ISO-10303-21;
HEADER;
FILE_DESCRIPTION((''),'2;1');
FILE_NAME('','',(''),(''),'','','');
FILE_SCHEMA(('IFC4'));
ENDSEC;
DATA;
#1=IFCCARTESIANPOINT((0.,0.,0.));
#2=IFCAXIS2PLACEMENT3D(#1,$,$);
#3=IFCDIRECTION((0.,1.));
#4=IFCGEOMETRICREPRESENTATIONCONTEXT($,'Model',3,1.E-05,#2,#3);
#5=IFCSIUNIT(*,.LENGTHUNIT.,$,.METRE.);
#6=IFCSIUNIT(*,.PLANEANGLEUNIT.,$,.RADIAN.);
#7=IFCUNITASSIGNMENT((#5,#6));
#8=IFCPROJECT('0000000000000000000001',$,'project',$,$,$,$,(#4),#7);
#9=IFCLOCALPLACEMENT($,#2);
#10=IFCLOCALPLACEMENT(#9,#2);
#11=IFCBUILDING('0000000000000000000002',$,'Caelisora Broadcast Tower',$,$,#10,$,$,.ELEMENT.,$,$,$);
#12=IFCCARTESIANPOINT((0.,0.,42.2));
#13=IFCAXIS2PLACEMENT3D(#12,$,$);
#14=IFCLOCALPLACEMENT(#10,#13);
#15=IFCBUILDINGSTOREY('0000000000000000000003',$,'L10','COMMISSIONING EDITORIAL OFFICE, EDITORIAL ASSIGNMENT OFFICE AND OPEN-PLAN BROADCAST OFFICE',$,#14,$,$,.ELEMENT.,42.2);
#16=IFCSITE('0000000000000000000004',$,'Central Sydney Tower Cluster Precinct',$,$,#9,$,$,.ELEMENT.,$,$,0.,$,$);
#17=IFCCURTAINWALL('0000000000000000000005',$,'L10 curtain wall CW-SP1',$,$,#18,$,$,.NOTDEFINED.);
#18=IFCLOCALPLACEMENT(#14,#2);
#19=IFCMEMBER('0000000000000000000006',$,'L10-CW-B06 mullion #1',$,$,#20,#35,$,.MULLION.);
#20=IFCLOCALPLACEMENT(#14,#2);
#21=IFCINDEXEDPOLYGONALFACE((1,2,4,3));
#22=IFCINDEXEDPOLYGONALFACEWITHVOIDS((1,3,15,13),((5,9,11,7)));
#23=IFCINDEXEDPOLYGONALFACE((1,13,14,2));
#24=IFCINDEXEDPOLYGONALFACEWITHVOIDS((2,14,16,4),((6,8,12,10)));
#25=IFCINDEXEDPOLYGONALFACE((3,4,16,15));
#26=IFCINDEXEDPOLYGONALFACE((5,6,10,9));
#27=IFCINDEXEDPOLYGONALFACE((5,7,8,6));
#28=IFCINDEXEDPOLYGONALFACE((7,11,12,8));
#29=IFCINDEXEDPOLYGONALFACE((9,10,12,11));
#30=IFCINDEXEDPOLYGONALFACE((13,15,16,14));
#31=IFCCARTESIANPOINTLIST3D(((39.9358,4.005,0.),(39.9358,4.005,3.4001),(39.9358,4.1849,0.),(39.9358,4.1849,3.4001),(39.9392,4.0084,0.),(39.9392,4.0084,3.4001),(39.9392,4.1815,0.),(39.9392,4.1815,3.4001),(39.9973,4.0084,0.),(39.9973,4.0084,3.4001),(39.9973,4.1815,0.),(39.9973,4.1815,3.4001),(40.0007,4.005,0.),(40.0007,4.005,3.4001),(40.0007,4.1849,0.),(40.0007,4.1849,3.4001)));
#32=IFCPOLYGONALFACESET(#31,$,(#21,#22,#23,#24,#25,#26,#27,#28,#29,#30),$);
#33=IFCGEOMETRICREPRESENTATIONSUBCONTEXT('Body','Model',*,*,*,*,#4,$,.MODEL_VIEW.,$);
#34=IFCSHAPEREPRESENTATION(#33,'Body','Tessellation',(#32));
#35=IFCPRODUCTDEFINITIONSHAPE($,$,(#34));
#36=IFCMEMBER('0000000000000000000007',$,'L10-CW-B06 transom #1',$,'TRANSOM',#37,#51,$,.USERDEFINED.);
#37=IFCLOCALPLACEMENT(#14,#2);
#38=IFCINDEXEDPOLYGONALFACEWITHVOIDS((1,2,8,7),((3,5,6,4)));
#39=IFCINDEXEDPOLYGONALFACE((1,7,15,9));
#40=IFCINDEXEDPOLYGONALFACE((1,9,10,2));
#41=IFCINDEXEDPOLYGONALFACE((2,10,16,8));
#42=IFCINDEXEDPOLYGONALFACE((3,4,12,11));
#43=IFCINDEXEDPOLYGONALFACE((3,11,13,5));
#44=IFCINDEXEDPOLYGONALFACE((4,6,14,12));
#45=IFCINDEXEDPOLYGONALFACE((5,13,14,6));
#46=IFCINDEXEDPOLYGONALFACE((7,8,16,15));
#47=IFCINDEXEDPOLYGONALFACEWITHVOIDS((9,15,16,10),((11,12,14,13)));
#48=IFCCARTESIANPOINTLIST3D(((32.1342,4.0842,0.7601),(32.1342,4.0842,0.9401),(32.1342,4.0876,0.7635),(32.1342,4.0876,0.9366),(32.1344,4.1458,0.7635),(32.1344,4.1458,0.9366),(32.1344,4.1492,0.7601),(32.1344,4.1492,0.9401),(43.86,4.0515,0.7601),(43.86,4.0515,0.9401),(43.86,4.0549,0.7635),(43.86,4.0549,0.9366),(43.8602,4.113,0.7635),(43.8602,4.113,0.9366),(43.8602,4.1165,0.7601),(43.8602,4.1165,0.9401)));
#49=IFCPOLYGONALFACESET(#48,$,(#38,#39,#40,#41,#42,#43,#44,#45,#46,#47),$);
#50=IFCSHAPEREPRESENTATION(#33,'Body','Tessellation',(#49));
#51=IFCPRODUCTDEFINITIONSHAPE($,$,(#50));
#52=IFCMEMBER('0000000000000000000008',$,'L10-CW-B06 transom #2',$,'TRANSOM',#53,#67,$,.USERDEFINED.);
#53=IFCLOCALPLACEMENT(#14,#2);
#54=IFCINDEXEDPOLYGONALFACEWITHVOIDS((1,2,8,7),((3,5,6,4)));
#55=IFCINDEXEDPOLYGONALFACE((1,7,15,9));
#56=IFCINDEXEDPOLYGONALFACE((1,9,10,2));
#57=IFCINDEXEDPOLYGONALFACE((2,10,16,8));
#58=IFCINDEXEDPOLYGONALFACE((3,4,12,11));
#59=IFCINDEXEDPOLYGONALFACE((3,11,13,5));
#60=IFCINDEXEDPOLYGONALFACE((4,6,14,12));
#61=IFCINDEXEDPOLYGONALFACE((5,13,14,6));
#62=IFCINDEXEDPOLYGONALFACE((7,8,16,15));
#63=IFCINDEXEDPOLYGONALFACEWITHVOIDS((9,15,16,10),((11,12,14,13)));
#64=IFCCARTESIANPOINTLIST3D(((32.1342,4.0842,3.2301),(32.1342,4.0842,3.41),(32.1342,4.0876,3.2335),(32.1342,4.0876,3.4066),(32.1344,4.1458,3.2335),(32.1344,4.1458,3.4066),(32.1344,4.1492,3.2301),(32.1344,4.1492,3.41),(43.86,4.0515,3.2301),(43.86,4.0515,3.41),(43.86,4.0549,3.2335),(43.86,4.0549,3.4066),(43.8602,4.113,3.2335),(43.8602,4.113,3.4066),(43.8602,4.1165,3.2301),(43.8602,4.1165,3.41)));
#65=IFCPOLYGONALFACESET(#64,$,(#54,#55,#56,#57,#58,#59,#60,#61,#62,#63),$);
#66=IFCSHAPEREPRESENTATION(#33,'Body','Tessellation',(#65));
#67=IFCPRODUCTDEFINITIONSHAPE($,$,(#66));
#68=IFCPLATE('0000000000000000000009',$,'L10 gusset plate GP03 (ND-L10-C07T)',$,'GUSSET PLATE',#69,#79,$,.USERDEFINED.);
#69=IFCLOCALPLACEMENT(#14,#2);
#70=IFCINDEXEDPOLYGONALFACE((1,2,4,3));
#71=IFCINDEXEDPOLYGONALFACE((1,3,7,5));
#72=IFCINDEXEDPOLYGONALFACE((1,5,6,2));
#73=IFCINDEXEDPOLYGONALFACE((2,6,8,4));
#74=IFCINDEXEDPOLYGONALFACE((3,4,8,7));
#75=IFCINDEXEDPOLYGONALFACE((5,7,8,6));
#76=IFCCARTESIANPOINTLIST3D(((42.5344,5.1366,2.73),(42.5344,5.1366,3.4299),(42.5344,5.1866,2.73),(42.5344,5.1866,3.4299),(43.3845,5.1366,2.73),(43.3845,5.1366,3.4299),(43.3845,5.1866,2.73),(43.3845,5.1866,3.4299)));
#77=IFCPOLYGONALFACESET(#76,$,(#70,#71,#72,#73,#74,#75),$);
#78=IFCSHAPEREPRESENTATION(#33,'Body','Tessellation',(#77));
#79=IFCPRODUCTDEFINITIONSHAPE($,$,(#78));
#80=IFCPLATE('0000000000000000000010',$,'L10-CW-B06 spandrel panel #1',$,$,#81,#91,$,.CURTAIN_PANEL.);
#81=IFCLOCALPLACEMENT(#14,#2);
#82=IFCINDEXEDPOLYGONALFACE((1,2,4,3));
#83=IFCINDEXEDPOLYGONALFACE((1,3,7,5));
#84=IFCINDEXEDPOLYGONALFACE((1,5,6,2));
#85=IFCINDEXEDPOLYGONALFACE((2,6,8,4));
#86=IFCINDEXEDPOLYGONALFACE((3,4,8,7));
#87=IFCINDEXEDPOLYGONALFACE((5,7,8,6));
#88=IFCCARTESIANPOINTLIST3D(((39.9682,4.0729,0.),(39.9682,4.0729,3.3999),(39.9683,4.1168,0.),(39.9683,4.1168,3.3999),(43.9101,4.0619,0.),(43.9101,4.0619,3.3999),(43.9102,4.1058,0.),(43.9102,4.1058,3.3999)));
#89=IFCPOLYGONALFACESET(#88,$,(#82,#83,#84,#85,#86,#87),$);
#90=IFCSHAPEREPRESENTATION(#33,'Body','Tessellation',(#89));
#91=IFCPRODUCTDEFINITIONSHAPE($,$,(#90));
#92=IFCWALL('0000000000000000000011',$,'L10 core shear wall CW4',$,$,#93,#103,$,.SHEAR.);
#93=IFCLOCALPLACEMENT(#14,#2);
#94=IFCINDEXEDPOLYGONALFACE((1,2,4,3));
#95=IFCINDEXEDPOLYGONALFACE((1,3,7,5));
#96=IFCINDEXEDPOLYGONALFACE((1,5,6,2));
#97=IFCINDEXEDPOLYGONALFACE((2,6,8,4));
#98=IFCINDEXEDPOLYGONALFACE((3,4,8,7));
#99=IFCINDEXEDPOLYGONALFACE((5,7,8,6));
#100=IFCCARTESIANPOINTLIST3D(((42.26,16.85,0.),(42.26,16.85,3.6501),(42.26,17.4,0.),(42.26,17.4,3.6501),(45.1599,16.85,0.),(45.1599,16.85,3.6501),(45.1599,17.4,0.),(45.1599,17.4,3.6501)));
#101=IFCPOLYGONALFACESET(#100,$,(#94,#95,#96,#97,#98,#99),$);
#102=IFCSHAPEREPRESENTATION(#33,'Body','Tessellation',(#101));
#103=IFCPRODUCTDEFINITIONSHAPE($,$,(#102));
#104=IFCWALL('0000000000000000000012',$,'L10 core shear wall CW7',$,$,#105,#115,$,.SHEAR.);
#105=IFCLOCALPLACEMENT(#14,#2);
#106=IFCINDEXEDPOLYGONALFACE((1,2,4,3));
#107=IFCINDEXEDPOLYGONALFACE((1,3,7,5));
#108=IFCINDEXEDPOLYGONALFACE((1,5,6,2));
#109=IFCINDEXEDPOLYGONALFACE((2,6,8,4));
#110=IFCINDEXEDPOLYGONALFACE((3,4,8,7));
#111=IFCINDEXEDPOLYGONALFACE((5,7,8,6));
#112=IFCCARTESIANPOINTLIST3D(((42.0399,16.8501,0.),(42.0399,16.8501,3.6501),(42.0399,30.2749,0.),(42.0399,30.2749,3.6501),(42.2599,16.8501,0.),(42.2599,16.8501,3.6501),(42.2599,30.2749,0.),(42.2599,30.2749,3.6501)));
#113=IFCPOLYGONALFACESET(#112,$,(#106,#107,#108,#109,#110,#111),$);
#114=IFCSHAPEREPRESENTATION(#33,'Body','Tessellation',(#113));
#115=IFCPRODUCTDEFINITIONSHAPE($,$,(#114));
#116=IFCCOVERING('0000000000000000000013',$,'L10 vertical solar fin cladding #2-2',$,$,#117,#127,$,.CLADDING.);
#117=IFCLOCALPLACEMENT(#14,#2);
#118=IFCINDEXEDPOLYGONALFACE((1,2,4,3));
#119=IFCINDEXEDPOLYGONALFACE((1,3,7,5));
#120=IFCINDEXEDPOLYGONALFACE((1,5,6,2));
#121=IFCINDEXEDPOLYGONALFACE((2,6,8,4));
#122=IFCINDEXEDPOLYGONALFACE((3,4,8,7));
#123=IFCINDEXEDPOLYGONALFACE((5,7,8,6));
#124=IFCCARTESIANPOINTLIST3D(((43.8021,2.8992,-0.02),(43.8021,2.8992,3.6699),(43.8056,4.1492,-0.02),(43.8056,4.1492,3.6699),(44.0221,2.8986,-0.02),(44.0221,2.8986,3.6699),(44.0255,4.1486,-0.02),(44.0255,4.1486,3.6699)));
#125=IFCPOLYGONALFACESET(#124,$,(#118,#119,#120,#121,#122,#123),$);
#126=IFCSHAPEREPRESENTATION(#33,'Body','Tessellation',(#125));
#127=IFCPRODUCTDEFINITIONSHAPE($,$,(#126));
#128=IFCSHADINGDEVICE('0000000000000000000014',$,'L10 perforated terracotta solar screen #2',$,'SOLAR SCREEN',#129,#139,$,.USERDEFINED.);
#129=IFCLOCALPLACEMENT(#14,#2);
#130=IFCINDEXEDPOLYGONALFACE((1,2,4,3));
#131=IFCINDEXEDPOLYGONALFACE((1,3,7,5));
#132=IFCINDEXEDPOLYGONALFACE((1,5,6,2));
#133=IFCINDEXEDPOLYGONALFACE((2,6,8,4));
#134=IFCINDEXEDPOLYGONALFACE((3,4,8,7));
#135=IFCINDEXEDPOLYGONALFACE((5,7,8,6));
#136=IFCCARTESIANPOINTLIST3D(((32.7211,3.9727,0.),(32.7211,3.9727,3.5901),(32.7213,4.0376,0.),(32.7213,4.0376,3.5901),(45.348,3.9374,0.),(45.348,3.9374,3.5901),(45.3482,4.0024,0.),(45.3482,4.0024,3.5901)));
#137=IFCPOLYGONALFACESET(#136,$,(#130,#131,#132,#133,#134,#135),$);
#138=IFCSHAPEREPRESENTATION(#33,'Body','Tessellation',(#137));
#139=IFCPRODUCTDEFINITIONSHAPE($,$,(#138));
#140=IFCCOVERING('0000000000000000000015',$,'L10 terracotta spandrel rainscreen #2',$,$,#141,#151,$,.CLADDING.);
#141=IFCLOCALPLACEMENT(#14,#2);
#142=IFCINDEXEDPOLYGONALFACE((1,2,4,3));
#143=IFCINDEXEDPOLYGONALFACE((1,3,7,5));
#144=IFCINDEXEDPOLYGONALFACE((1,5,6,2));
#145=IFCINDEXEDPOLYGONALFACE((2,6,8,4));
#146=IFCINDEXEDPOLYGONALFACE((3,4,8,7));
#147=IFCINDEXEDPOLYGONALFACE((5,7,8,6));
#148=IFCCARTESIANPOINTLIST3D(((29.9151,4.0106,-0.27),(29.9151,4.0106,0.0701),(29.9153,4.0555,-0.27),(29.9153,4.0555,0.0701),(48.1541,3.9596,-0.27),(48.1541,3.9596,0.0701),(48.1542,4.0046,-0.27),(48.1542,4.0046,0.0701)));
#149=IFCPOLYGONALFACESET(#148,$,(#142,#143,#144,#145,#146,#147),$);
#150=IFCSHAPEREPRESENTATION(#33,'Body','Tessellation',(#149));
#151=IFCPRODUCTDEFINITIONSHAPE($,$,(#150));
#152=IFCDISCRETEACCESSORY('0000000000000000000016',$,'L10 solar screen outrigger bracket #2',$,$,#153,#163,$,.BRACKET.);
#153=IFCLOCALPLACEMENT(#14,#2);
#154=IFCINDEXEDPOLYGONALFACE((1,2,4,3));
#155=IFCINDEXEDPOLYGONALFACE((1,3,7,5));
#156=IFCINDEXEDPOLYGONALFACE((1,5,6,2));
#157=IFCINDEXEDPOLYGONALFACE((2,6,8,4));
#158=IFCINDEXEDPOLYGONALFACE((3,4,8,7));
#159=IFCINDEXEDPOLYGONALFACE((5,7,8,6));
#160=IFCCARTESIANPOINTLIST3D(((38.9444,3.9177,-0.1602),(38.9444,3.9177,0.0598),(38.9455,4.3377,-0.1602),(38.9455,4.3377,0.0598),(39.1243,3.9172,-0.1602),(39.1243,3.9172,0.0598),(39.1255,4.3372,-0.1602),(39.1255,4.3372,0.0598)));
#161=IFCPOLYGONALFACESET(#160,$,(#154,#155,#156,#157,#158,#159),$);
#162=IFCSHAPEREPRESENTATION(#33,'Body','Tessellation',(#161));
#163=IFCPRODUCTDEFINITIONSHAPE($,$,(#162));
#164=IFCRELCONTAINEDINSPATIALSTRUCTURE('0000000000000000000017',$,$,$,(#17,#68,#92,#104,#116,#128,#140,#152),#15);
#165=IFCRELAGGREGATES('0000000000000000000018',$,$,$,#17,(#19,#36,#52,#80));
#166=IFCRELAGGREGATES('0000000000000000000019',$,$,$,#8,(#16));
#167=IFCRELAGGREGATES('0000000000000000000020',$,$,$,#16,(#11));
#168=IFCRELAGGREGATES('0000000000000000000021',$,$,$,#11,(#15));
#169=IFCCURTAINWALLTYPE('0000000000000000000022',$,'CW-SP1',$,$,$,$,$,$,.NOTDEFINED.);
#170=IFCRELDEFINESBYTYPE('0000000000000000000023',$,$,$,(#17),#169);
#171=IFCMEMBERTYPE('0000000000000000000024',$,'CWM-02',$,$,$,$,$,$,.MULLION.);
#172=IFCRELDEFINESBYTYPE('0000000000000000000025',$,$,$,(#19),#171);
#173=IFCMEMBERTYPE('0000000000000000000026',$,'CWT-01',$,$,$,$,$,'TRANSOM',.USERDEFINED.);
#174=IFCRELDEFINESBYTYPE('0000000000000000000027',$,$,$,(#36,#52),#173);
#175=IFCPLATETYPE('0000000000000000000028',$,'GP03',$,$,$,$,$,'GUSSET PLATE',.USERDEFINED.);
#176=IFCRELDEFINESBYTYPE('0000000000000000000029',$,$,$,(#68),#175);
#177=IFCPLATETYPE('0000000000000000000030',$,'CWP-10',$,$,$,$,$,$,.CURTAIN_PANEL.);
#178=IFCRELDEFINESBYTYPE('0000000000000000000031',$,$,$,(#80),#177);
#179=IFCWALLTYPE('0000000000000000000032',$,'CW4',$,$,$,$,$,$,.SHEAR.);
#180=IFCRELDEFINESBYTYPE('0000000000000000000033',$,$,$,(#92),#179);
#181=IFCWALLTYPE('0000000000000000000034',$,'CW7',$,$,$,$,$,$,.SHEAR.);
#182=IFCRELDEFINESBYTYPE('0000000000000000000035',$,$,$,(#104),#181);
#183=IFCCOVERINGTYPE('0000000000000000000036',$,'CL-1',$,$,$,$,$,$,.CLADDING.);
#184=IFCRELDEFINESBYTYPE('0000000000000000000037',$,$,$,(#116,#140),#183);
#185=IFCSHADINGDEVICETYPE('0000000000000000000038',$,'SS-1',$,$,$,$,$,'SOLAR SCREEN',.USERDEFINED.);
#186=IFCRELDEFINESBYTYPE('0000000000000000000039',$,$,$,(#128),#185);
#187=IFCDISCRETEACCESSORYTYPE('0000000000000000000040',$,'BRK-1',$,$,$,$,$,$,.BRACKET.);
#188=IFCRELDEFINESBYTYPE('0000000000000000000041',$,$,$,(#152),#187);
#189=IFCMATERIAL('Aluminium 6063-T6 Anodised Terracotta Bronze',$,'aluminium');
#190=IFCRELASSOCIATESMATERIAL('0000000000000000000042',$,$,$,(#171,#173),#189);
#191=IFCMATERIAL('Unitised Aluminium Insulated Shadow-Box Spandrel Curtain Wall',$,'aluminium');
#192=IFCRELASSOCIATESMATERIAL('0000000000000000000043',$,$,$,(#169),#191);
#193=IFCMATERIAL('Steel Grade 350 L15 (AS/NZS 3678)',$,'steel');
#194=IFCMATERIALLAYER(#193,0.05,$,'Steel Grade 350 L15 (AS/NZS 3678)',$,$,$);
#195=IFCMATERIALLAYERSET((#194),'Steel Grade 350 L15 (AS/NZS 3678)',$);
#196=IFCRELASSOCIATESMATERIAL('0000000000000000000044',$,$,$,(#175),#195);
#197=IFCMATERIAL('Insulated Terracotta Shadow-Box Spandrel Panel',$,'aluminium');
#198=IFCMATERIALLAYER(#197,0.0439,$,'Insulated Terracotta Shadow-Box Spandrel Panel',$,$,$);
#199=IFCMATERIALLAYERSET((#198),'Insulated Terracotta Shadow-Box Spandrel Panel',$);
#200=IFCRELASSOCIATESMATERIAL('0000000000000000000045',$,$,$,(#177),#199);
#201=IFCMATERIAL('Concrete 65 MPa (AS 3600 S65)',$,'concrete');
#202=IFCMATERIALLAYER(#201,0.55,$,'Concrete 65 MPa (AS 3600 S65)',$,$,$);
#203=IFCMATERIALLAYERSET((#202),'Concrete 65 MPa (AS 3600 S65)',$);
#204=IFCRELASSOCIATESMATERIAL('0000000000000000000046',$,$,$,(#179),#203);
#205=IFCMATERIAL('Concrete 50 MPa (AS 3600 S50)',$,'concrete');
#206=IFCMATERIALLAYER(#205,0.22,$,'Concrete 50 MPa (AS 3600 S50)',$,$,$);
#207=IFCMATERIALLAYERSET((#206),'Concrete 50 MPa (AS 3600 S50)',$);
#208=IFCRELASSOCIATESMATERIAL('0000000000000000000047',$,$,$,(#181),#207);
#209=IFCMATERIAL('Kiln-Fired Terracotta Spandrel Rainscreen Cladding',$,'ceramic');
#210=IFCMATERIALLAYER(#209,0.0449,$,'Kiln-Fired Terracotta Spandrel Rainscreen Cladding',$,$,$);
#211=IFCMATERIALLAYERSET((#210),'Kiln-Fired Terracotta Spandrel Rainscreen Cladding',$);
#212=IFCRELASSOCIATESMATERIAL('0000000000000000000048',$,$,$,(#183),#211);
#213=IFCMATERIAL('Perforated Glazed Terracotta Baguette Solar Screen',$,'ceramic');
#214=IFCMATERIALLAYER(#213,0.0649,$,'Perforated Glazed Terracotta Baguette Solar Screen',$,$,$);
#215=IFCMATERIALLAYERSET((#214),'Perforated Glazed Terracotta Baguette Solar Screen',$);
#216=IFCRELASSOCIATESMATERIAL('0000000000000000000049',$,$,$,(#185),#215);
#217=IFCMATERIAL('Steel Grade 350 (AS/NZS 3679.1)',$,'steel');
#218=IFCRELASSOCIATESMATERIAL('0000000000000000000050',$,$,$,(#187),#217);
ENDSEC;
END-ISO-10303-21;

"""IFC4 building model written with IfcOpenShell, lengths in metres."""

from ifc_helpers import new_model, si_unit, direction, frame, frame_2d, origin, origin_2d, place, context, subcontext, project, spatial, rectangle, hollow_rectangle, extrude, source, transform, mapped, material, layer, layer_set, material_profile, profile_set, type_object, type_shapes, element, aggregate, save


model = new_model("IFC4")

# Units and contexts
model_context = context("Model", 3, precision=1e-05, world=origin(), true_north=direction((0.0, 1.0)))
body_context = subcontext(model_context, "Body", "Model", "MODEL_VIEW")
ifc_project = project(units=[si_unit("LENGTHUNIT", "METRE"), si_unit("PLANEANGLEUNIT", "RADIAN")], contexts=[model_context])

# Site, building, storey
site_placement = place(None, origin())
site = spatial("IfcSite", under=ifc_project, at=site_placement, Name="Central Sydney Tower Cluster Precinct", CompositionType="ELEMENT", RefElevation=0.0)
building_placement = place(site_placement, origin())
building = spatial("IfcBuilding", under=site, at=building_placement, Name="Caelisora Broadcast Tower", CompositionType="ELEMENT")
storey_placement = place(building_placement, frame((0.0, 0.0, 42.2)))
storey = spatial("IfcBuildingStorey", under=building, at=storey_placement, Name="L10", Description="COMMISSIONING EDITORIAL OFFICE, EDITORIAL ASSIGNMENT OFFICE AND OPEN-PLAN BROADCAST OFFICE", CompositionType="ELEMENT", Elevation=42.2)

# Shared definitions
ifc_material_1 = material(Name="Steel Grade 350 L15 (AS/NZS 3678)", Category="steel")

# Shared definitions
ifc_material_2 = material(Name="Steel Grade 350 (AS/NZS 3679.1)", Category="steel")

# Shared definitions
ifc_material_3 = material(Name="Aluminium 6063-T6 Anodised Terracotta Bronze", Category="aluminium")
ifc_material_profile_1 = material_profile(ifc_material_3, hollow_rectangle(XDim=0.0649, YDim=0.1799, WallThickness=0.0034, at=origin_2d()), Name="Aluminium 6063-T6 Anodised Terracotta Bronze")
ifc_profile_set_1 = profile_set([ifc_material_profile_1], Name="Aluminium 6063-T6 Anodised Terracotta Bronze")
member_type_1 = type_object("IfcMemberType", Name="CWM-02", PredefinedType="MULLION", material=ifc_profile_set_1)
shared_shape_1 = source(origin(), body_context, "Body", "SweptSolid", [
    extrude(hollow_rectangle(XDim=0.0649, YDim=0.1799, WallThickness=0.0034, at=origin_2d()), origin(), (0.0, 0.0, 1.0), 3.4001),
])
type_shapes(member_type_1, [shared_shape_1])

# Curtain wall, members
ifc_material_4 = material(Name="Unitised Aluminium Insulated Shadow-Box Spandrel Curtain Wall", Category="aluminium")
curtain_wall_type_1 = type_object("IfcCurtainWallType", Name="CW-SP1", PredefinedType="NOTDEFINED", material=ifc_material_4)
curtain_wall_1_placement = place(storey_placement, origin())
curtain_wall_1 = element("IfcCurtainWall", 1, at=curtain_wall_1_placement, inside=storey, type_object=curtain_wall_type_1, Name="L10 curtain wall CW-SP1", PredefinedType="NOTDEFINED")
member_1_placement = place(storey_placement, frame((39.9683, 4.095, 0.0), z_axis=(0.0, 0.0, 1.0), x_axis=(1.0, 0.0, 0.0)))
member_1 = element("IfcMember", 2, at=member_1_placement, type_object=member_type_1, Name="L10-CW-B06 mullion #1", PredefinedType="MULLION", context=body_context, shape_type="MappedRepresentation", body=[
    mapped(shared_shape_1, transform((0.0, 0.0, 0.0), scale=1.0)),
])
ifc_material_profile_2 = material_profile(ifc_material_3, hollow_rectangle(XDim=0.0649, YDim=0.1799, WallThickness=0.0034, at=origin_2d()), Name="Aluminium 6063-T6 Anodised Terracotta Bronze")
ifc_profile_set_2 = profile_set([ifc_material_profile_2], Name="Aluminium 6063-T6 Anodised Terracotta Bronze")
member_type_2 = type_object("IfcMemberType", Name="CWT-01", ElementType="TRANSOM", PredefinedType="USERDEFINED", material=ifc_profile_set_2)
shared_shape_2 = source(origin(), body_context, "Body", "SweptSolid", [
    extrude(hollow_rectangle(XDim=0.0649, YDim=0.1799, WallThickness=0.0034, at=origin_2d()), origin(), (0.0, 0.0, 1.0), 11.7258),
])
type_shapes(member_type_2, [shared_shape_2])
member_2_placement = place(storey_placement, frame((43.8601, 4.084, 0.8501), z_axis=(-0.999996, 0.00279, 0.0), x_axis=(-0.00279, -0.999996, 0.0)))
member_2 = element("IfcMember", 3, at=member_2_placement, type_object=member_type_2, Name="L10-CW-B06 transom #1", ObjectType="TRANSOM", PredefinedType="USERDEFINED", context=body_context, shape_type="MappedRepresentation", body=[
    mapped(shared_shape_2, transform((0.0, 0.0, 0.0), scale=1.0)),
])
member_3_placement = place(storey_placement, frame((43.8601, 4.084, 3.3201), z_axis=(-0.999996, 0.00279, 0.0), x_axis=(-0.00279, -0.999996, 0.0)))
member_3 = element("IfcMember", 4, at=member_3_placement, type_object=member_type_2, Name="L10-CW-B06 transom #2", ObjectType="TRANSOM", PredefinedType="USERDEFINED", context=body_context, shape_type="MappedRepresentation", body=[
    mapped(shared_shape_2, transform((0.0, 0.0, 0.0), scale=1.0)),
])

# Plates
ifc_layer_1 = layer(ifc_material_1, 0.05, Name="Steel Grade 350 L15 (AS/NZS 3678)")
ifc_layer_set_1 = layer_set([ifc_layer_1], Name="Steel Grade 350 L15 (AS/NZS 3678)")
plate_type_1 = type_object("IfcPlateType", Name="GP03", ElementType="GUSSET PLATE", PredefinedType="USERDEFINED", material=ifc_layer_set_1)
shared_shape_3 = source(origin(), body_context, "Body", "SweptSolid", [
    extrude(rectangle(XDim=0.8501, YDim=0.05, at=origin_2d()), origin(), (0.0, 0.0, 1.0), 0.7),
])
type_shapes(plate_type_1, [shared_shape_3])
plate_1_placement = place(storey_placement, frame((42.9595, 5.1616, 2.73), z_axis=(0.0, 0.0, 1.0), x_axis=(1.0, 0.0, 0.0)))
element("IfcPlate", 5, at=plate_1_placement, inside=storey, type_object=plate_type_1, Name="L10 gusset plate GP03 (ND-L10-C07T)", ObjectType="GUSSET PLATE", PredefinedType="USERDEFINED", context=body_context, shape_type="MappedRepresentation", body=[
    mapped(shared_shape_3, transform((0.0, 0.0, 0.0), scale=1.0)),
])
ifc_material_5 = material(Name="Insulated Terracotta Shadow-Box Spandrel Panel", Category="aluminium")
ifc_layer_2 = layer(ifc_material_5, 0.0439, Name="Insulated Terracotta Shadow-Box Spandrel Panel")
ifc_layer_set_2 = layer_set([ifc_layer_2], Name="Insulated Terracotta Shadow-Box Spandrel Panel")
plate_type_2 = type_object("IfcPlateType", Name="CWP-10", PredefinedType="CURTAIN_PANEL", material=ifc_layer_set_2)
shared_shape_4 = source(origin(), body_context, "Body", "SweptSolid", [
    extrude(rectangle(XDim=3.9419, YDim=0.0439, at=origin_2d()), origin(), (0.0, 0.0, 1.0), 3.3999),
])
type_shapes(plate_type_2, [shared_shape_4])
plate_2_placement = place(storey_placement, frame((41.9392, 4.0894, 0.0), z_axis=(0.0, 0.0, 1.0), x_axis=(-0.999996, 0.002793, 0.0)))
plate_2 = element("IfcPlate", 6, at=plate_2_placement, type_object=plate_type_2, Name="L10-CW-B06 spandrel panel #1", PredefinedType="CURTAIN_PANEL", context=body_context, shape_type="MappedRepresentation", body=[
    mapped(shared_shape_4, transform((0.0, 0.0, 0.0), scale=1.0)),
])
aggregate(curtain_wall_1, [member_1, member_2, member_3, plate_2])

# Shared definitions
ifc_material_6 = material(Name="Concrete 65 MPa (AS 3600 S65)", Category="concrete")

# Walls
ifc_layer_3 = layer(ifc_material_6, 0.55, Name="Concrete 65 MPa (AS 3600 S65)")
ifc_layer_set_3 = layer_set([ifc_layer_3], Name="Concrete 65 MPa (AS 3600 S65)")
wall_type_1 = type_object("IfcWallType", Name="CW4", PredefinedType="SHEAR", material=ifc_layer_set_3)
wall_1_placement = place(storey_placement, frame((42.26, 17.125, 0.0), z_axis=(0.0, 0.0, 1.0), x_axis=(1.0, 0.0, 0.0)))
element("IfcWall", 7, at=wall_1_placement, inside=storey, type_object=wall_type_1, Name="L10 core shear wall CW4", PredefinedType="SHEAR", context=body_context, shape_type="SweptSolid", body=[
    extrude(rectangle(XDim=2.8999, YDim=0.55, at=frame_2d((1.45, 0.0))), origin(), (0.0, 0.0, 1.0), 3.6501),
])
ifc_material_7 = material(Name="Concrete 50 MPa (AS 3600 S50)", Category="concrete")
ifc_layer_4 = layer(ifc_material_7, 0.22, Name="Concrete 50 MPa (AS 3600 S50)")
ifc_layer_set_4 = layer_set([ifc_layer_4], Name="Concrete 50 MPa (AS 3600 S50)")
wall_type_2 = type_object("IfcWallType", Name="CW7", PredefinedType="SHEAR", material=ifc_layer_set_4)
wall_2_placement = place(storey_placement, frame((42.1499, 16.8501, 0.0), z_axis=(0.0, 0.0, 1.0), x_axis=(0.0, 1.0, 0.0)))
element("IfcWall", 8, at=wall_2_placement, inside=storey, type_object=wall_type_2, Name="L10 core shear wall CW7", PredefinedType="SHEAR", context=body_context, shape_type="SweptSolid", body=[
    extrude(rectangle(XDim=13.4248, YDim=0.22, at=frame_2d((6.7124, 0.0))), origin(), (0.0, 0.0, 1.0), 3.6501),
])

# Covering
ifc_material_8 = material(Name="Kiln-Fired Terracotta Spandrel Rainscreen Cladding", Category="ceramic")
ifc_layer_5 = layer(ifc_material_8, 0.0449, Name="Kiln-Fired Terracotta Spandrel Rainscreen Cladding")
ifc_layer_set_5 = layer_set([ifc_layer_5], Name="Kiln-Fired Terracotta Spandrel Rainscreen Cladding")
covering_type = type_object("IfcCoveringType", Name="CL-1", PredefinedType="CLADDING", material=ifc_layer_set_5)
shared_shape_5 = source(origin(), body_context, "Body", "SweptSolid", [
    extrude(rectangle(XDim=0.22, YDim=1.25, at=origin_2d()), origin(), (0.0, 0.0, 1.0), 3.6899),
])
covering_1_placement = place(storey_placement, frame((43.9138, 3.5239, -0.02), z_axis=(0.0, 0.0, 1.0), x_axis=(-0.999996, 0.002793, 0.0)))
element("IfcCovering", 9, at=covering_1_placement, inside=storey, type_object=covering_type, Name="L10 vertical solar fin cladding #2-2", PredefinedType="CLADDING", context=body_context, shape_type="MappedRepresentation", body=[
    mapped(shared_shape_5, transform((0.0, 0.0, 0.0), scale=1.0)),
])

# Shading device
ifc_material_9 = material(Name="Perforated Glazed Terracotta Baguette Solar Screen", Category="ceramic")
ifc_layer_6 = layer(ifc_material_9, 0.0649, Name="Perforated Glazed Terracotta Baguette Solar Screen")
ifc_layer_set_6 = layer_set([ifc_layer_6], Name="Perforated Glazed Terracotta Baguette Solar Screen")
shading_device_type = type_object("IfcShadingDeviceType", Name="SS-1", ElementType="SOLAR SCREEN", PredefinedType="USERDEFINED", material=ifc_layer_set_6)
shared_shape_6 = source(origin(), body_context, "Body", "SweptSolid", [
    extrude(rectangle(XDim=12.627, YDim=0.0649, at=origin_2d()), origin(), (0.0, 0.0, 1.0), 3.5901),
])
type_shapes(shading_device_type, [shared_shape_6])
shading_device_placement = place(storey_placement, frame((39.0347, 3.9875, 0.0), z_axis=(0.0, 0.0, 1.0), x_axis=(0.999996, -0.002793, 0.0)))
element("IfcShadingDevice", 10, at=shading_device_placement, inside=storey, type_object=shading_device_type, Name="L10 perforated terracotta solar screen #2", ObjectType="SOLAR SCREEN", PredefinedType="USERDEFINED", context=body_context, shape_type="MappedRepresentation", body=[
    mapped(shared_shape_6, transform((0.0, 0.0, 0.0), scale=1.0)),
])

# Covering
shared_shape_7 = source(origin(), body_context, "Body", "SweptSolid", [
    extrude(rectangle(XDim=18.239, YDim=0.0449, at=origin_2d()), origin(), (0.0, 0.0, 1.0), 0.3401),
])
type_shapes(covering_type, [shared_shape_5, shared_shape_7])
covering_2_placement = place(storey_placement, frame((39.0347, 4.0076, -0.27), z_axis=(0.0, 0.0, 1.0), x_axis=(0.999996, -0.002793, 0.0)))
element("IfcCovering", 11, at=covering_2_placement, inside=storey, type_object=covering_type, Name="L10 terracotta spandrel rainscreen #2", PredefinedType="CLADDING", context=body_context, shape_type="MappedRepresentation", body=[
    mapped(shared_shape_7, transform((0.0, 0.0, 0.0), scale=1.0)),
])

# Discrete accessory
discrete_accessory_type = type_object("IfcDiscreteAccessoryType", Name="BRK-1", PredefinedType="BRACKET", material=ifc_material_2)
shared_shape_8 = source(origin(), body_context, "Body", "SweptSolid", [
    extrude(rectangle(XDim=0.1799, YDim=0.4199, at=origin_2d()), origin(), (0.0, 0.0, 1.0), 0.22),
])
type_shapes(discrete_accessory_type, [shared_shape_8])
discrete_accessory_placement = place(storey_placement, frame((39.0349, 4.1274, -0.1602), z_axis=(0.0, 0.0, 1.0), x_axis=(0.999996, -0.002793, 0.0)))
element("IfcDiscreteAccessory", 12, at=discrete_accessory_placement, inside=storey, type_object=discrete_accessory_type, Name="L10 solar screen outrigger bracket #2", PredefinedType="BRACKET", context=body_context, shape_type="MappedRepresentation", body=[
    mapped(shared_shape_8, transform((0.0, 0.0, 0.0), scale=1.0)),
])

save(model, "model.ifc")
